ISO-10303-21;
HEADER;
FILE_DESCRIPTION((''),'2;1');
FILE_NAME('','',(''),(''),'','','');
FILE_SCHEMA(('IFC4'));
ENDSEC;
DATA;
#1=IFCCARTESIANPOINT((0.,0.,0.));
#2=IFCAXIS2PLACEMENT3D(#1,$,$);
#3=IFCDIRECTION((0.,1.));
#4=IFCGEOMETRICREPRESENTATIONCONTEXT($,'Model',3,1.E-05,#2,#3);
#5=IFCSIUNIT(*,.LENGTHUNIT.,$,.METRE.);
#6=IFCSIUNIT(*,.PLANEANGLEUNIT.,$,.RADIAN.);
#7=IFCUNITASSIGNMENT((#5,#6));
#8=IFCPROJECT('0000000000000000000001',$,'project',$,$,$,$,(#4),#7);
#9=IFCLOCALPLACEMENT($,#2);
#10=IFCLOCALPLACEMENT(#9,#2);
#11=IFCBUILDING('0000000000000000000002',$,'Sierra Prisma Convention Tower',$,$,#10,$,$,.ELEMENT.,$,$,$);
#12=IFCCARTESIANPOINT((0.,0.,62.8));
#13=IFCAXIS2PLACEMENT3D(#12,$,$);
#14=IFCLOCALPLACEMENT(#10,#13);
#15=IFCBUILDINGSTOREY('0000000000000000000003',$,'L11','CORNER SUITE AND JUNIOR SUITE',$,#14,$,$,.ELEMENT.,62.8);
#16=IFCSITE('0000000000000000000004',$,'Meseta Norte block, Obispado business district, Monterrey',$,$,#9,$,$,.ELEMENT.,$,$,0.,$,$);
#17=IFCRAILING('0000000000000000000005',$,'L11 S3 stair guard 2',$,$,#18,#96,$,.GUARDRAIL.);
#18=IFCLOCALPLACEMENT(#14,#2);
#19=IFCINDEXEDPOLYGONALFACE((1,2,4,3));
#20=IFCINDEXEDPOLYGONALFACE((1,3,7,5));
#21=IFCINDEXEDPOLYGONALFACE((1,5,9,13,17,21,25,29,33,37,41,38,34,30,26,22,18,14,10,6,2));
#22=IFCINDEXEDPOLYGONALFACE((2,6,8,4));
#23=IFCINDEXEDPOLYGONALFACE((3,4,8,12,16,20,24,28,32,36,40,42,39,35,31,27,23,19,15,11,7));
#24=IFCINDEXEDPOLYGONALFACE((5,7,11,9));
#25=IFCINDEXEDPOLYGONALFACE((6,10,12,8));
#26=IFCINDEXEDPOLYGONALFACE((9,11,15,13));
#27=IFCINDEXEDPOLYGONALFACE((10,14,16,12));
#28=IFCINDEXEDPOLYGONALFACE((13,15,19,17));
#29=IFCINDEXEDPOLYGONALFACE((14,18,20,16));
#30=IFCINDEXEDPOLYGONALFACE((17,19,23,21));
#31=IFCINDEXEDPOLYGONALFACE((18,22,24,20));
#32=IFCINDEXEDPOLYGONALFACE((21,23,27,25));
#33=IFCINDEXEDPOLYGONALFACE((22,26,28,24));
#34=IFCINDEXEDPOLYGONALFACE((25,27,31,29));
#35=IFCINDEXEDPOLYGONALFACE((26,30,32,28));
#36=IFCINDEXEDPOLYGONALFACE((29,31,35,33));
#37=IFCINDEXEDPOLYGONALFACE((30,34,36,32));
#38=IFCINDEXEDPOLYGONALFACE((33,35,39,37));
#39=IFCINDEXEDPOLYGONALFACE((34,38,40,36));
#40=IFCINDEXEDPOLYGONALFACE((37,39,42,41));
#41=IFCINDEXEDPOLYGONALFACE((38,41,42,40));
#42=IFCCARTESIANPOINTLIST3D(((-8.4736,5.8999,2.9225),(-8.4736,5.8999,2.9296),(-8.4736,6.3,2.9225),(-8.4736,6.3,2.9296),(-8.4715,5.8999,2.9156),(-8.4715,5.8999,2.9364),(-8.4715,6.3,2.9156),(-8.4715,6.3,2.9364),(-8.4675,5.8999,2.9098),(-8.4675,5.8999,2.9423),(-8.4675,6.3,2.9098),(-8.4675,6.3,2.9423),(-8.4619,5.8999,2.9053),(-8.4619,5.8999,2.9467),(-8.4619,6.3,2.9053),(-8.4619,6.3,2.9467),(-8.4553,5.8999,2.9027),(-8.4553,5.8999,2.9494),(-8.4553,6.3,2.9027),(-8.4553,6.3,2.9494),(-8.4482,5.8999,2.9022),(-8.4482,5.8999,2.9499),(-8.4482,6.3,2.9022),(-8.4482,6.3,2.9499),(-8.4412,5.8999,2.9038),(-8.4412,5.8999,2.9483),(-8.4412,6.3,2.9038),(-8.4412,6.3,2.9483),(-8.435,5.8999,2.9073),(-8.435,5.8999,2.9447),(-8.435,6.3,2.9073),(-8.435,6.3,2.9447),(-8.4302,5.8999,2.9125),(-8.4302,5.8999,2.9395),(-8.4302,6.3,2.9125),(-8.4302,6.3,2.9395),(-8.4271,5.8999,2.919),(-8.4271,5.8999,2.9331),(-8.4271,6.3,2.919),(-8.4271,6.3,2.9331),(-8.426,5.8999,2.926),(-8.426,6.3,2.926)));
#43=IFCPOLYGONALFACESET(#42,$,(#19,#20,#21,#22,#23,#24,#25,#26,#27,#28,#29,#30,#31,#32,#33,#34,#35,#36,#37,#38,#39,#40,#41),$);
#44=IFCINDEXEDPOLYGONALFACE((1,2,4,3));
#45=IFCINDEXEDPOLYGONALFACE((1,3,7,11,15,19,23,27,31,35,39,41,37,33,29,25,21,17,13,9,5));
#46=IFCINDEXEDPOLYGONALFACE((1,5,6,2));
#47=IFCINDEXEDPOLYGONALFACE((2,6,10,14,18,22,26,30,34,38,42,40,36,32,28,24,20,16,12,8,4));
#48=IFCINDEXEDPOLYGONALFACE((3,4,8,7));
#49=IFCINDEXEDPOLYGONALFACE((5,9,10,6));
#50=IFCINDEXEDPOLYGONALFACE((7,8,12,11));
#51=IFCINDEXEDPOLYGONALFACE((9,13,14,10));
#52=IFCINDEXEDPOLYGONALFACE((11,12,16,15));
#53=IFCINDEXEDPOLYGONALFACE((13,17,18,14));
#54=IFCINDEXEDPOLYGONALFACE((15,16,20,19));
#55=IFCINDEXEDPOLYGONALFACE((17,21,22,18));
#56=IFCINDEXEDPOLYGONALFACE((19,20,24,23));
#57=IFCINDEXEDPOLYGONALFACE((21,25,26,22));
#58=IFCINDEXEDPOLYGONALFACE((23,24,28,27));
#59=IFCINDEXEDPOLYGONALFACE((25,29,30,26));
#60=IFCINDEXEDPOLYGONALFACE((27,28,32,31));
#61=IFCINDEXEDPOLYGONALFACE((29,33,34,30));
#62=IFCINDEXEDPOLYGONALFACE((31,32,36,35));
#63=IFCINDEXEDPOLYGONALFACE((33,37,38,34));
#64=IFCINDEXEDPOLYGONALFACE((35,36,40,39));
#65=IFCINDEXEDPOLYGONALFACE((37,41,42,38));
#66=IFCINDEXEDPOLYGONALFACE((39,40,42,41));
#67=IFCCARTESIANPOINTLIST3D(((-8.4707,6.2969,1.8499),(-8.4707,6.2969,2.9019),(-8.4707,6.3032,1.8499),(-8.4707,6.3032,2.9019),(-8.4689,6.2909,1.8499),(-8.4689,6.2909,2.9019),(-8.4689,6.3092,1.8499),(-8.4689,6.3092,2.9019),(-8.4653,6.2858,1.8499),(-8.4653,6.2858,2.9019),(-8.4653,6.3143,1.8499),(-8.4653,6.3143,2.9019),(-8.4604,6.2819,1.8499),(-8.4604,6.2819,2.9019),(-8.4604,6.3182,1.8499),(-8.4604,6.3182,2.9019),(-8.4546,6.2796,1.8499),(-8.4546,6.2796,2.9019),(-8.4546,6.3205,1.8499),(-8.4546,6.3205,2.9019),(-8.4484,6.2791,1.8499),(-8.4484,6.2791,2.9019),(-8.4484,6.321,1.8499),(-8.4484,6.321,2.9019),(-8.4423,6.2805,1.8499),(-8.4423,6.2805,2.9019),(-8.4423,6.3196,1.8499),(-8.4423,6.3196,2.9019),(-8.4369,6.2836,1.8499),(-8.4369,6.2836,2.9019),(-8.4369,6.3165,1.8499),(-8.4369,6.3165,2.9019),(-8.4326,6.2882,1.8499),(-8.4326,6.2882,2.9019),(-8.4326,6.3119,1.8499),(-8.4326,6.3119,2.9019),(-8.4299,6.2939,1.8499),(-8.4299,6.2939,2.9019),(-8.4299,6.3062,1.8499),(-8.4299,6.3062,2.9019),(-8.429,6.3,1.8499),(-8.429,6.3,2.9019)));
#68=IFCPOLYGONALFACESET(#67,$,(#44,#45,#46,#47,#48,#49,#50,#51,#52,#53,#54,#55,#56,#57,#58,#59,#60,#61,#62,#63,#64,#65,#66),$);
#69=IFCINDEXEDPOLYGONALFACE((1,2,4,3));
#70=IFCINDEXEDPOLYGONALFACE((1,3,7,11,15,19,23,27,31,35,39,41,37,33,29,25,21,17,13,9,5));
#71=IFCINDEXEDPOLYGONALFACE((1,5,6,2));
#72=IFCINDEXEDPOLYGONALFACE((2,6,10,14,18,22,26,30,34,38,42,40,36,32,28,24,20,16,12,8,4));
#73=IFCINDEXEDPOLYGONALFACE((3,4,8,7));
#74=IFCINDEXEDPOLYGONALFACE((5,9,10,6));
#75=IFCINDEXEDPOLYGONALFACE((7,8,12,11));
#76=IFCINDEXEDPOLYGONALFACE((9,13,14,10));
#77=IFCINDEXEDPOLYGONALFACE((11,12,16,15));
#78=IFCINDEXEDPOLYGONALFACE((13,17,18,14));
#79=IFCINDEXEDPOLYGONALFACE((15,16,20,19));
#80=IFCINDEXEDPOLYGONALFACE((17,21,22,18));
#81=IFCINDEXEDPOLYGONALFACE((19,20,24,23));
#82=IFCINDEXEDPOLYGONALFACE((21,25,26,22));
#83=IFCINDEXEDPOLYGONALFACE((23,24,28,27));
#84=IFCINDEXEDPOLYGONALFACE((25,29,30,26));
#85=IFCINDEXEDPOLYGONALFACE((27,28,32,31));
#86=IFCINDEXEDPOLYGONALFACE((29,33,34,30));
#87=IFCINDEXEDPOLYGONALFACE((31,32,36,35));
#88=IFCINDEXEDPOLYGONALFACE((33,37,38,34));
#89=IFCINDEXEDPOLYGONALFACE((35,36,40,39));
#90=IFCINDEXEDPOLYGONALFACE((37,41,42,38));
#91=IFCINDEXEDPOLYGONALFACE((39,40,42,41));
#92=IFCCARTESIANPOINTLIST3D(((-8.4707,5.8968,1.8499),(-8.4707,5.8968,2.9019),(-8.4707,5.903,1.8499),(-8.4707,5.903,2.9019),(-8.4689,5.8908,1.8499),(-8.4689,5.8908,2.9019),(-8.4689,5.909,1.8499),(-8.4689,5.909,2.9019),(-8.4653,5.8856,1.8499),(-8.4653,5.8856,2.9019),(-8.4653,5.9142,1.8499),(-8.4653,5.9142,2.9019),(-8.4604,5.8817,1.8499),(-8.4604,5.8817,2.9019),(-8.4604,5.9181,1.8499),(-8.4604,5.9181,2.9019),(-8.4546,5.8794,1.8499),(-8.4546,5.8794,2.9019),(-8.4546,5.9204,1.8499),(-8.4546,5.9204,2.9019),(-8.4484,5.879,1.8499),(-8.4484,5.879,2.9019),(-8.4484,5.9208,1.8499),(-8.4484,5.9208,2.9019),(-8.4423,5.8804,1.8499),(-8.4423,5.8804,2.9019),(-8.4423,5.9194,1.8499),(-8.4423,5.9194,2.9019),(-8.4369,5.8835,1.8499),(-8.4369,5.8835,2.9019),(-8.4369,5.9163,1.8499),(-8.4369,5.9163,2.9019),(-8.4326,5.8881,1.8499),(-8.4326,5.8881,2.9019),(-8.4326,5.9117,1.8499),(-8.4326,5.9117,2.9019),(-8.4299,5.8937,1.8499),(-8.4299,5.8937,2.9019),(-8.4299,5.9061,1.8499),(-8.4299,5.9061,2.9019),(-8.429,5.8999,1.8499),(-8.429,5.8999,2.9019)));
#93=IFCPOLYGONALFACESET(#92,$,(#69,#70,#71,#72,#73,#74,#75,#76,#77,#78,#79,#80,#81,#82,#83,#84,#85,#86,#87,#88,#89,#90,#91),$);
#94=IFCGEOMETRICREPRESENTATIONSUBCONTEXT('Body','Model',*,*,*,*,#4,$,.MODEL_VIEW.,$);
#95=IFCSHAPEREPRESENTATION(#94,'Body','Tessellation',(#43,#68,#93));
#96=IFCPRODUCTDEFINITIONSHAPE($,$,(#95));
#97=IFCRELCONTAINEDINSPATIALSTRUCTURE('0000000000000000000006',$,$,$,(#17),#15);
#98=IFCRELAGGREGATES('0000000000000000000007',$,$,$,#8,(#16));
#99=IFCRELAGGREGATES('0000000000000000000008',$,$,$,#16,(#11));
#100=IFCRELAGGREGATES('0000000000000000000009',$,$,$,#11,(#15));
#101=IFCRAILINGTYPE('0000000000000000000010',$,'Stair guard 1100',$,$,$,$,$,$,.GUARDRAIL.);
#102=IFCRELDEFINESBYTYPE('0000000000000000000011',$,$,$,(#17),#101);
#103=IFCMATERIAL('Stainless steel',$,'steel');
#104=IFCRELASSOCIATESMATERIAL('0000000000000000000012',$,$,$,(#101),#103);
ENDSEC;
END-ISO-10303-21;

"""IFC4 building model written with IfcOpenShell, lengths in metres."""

from ifc_helpers import new_model, si_unit, direction, frame, origin, origin_2d, place, context, subcontext, project, spatial, circle, extrude, material, type_object, element, save


model = new_model("IFC4")

# Units and contexts
model_context = context("Model", 3, precision=1e-05, world=origin(), true_north=direction((0.0, 1.0)))
body_context = subcontext(model_context, "Body", "Model", "MODEL_VIEW")
ifc_project = project(units=[si_unit("LENGTHUNIT", "METRE"), si_unit("PLANEANGLEUNIT", "RADIAN")], contexts=[model_context])

# Site, building, storey
site_placement = place(None, origin())
site = spatial("IfcSite", under=ifc_project, at=site_placement, Name="Meseta Norte block, Obispado business district, Monterrey", CompositionType="ELEMENT", RefElevation=0.0)
building_placement = place(site_placement, origin())
building = spatial("IfcBuilding", under=site, at=building_placement, Name="Sierra Prisma Convention Tower", CompositionType="ELEMENT")
storey_placement = place(building_placement, frame((0.0, 0.0, 62.8)))
storey = spatial("IfcBuildingStorey", under=building, at=storey_placement, Name="L11", Description="CORNER SUITE AND JUNIOR SUITE", CompositionType="ELEMENT", Elevation=62.8)

# Railing
ifc_material_1 = material(Name="Stainless steel", Category="steel")
railing_type_1 = type_object("IfcRailingType", Name="Stair guard 1100", PredefinedType="GUARDRAIL", material=ifc_material_1)
railing_1_placement = place(storey_placement, frame((-8.45, 6.3, 1.8499)))
element("IfcRailing", 1, at=railing_1_placement, inside=storey, type_object=railing_type_1, Name="L11 S3 stair guard 2", PredefinedType="GUARDRAIL", context=body_context, shape_type="SweptSolid", body=[
    extrude(circle(Radius=0.0239, at=origin_2d()), frame((0.0, 0.0, 1.0762), z_axis=(0.0, -1.0, 0.0), x_axis=(1.0, 0.0, 0.0)), (0.0, 0.0, 1.0), 0.4001),
    extrude(circle(Radius=0.021, at=origin_2d()), origin(), (0.0, 0.0, 1.0), 1.052),
    extrude(circle(Radius=0.021, at=origin_2d()), frame((0.0, -0.4001, 0.0)), (0.0, 0.0, 1.0), 1.052),
])

save(model, "model.ifc")
